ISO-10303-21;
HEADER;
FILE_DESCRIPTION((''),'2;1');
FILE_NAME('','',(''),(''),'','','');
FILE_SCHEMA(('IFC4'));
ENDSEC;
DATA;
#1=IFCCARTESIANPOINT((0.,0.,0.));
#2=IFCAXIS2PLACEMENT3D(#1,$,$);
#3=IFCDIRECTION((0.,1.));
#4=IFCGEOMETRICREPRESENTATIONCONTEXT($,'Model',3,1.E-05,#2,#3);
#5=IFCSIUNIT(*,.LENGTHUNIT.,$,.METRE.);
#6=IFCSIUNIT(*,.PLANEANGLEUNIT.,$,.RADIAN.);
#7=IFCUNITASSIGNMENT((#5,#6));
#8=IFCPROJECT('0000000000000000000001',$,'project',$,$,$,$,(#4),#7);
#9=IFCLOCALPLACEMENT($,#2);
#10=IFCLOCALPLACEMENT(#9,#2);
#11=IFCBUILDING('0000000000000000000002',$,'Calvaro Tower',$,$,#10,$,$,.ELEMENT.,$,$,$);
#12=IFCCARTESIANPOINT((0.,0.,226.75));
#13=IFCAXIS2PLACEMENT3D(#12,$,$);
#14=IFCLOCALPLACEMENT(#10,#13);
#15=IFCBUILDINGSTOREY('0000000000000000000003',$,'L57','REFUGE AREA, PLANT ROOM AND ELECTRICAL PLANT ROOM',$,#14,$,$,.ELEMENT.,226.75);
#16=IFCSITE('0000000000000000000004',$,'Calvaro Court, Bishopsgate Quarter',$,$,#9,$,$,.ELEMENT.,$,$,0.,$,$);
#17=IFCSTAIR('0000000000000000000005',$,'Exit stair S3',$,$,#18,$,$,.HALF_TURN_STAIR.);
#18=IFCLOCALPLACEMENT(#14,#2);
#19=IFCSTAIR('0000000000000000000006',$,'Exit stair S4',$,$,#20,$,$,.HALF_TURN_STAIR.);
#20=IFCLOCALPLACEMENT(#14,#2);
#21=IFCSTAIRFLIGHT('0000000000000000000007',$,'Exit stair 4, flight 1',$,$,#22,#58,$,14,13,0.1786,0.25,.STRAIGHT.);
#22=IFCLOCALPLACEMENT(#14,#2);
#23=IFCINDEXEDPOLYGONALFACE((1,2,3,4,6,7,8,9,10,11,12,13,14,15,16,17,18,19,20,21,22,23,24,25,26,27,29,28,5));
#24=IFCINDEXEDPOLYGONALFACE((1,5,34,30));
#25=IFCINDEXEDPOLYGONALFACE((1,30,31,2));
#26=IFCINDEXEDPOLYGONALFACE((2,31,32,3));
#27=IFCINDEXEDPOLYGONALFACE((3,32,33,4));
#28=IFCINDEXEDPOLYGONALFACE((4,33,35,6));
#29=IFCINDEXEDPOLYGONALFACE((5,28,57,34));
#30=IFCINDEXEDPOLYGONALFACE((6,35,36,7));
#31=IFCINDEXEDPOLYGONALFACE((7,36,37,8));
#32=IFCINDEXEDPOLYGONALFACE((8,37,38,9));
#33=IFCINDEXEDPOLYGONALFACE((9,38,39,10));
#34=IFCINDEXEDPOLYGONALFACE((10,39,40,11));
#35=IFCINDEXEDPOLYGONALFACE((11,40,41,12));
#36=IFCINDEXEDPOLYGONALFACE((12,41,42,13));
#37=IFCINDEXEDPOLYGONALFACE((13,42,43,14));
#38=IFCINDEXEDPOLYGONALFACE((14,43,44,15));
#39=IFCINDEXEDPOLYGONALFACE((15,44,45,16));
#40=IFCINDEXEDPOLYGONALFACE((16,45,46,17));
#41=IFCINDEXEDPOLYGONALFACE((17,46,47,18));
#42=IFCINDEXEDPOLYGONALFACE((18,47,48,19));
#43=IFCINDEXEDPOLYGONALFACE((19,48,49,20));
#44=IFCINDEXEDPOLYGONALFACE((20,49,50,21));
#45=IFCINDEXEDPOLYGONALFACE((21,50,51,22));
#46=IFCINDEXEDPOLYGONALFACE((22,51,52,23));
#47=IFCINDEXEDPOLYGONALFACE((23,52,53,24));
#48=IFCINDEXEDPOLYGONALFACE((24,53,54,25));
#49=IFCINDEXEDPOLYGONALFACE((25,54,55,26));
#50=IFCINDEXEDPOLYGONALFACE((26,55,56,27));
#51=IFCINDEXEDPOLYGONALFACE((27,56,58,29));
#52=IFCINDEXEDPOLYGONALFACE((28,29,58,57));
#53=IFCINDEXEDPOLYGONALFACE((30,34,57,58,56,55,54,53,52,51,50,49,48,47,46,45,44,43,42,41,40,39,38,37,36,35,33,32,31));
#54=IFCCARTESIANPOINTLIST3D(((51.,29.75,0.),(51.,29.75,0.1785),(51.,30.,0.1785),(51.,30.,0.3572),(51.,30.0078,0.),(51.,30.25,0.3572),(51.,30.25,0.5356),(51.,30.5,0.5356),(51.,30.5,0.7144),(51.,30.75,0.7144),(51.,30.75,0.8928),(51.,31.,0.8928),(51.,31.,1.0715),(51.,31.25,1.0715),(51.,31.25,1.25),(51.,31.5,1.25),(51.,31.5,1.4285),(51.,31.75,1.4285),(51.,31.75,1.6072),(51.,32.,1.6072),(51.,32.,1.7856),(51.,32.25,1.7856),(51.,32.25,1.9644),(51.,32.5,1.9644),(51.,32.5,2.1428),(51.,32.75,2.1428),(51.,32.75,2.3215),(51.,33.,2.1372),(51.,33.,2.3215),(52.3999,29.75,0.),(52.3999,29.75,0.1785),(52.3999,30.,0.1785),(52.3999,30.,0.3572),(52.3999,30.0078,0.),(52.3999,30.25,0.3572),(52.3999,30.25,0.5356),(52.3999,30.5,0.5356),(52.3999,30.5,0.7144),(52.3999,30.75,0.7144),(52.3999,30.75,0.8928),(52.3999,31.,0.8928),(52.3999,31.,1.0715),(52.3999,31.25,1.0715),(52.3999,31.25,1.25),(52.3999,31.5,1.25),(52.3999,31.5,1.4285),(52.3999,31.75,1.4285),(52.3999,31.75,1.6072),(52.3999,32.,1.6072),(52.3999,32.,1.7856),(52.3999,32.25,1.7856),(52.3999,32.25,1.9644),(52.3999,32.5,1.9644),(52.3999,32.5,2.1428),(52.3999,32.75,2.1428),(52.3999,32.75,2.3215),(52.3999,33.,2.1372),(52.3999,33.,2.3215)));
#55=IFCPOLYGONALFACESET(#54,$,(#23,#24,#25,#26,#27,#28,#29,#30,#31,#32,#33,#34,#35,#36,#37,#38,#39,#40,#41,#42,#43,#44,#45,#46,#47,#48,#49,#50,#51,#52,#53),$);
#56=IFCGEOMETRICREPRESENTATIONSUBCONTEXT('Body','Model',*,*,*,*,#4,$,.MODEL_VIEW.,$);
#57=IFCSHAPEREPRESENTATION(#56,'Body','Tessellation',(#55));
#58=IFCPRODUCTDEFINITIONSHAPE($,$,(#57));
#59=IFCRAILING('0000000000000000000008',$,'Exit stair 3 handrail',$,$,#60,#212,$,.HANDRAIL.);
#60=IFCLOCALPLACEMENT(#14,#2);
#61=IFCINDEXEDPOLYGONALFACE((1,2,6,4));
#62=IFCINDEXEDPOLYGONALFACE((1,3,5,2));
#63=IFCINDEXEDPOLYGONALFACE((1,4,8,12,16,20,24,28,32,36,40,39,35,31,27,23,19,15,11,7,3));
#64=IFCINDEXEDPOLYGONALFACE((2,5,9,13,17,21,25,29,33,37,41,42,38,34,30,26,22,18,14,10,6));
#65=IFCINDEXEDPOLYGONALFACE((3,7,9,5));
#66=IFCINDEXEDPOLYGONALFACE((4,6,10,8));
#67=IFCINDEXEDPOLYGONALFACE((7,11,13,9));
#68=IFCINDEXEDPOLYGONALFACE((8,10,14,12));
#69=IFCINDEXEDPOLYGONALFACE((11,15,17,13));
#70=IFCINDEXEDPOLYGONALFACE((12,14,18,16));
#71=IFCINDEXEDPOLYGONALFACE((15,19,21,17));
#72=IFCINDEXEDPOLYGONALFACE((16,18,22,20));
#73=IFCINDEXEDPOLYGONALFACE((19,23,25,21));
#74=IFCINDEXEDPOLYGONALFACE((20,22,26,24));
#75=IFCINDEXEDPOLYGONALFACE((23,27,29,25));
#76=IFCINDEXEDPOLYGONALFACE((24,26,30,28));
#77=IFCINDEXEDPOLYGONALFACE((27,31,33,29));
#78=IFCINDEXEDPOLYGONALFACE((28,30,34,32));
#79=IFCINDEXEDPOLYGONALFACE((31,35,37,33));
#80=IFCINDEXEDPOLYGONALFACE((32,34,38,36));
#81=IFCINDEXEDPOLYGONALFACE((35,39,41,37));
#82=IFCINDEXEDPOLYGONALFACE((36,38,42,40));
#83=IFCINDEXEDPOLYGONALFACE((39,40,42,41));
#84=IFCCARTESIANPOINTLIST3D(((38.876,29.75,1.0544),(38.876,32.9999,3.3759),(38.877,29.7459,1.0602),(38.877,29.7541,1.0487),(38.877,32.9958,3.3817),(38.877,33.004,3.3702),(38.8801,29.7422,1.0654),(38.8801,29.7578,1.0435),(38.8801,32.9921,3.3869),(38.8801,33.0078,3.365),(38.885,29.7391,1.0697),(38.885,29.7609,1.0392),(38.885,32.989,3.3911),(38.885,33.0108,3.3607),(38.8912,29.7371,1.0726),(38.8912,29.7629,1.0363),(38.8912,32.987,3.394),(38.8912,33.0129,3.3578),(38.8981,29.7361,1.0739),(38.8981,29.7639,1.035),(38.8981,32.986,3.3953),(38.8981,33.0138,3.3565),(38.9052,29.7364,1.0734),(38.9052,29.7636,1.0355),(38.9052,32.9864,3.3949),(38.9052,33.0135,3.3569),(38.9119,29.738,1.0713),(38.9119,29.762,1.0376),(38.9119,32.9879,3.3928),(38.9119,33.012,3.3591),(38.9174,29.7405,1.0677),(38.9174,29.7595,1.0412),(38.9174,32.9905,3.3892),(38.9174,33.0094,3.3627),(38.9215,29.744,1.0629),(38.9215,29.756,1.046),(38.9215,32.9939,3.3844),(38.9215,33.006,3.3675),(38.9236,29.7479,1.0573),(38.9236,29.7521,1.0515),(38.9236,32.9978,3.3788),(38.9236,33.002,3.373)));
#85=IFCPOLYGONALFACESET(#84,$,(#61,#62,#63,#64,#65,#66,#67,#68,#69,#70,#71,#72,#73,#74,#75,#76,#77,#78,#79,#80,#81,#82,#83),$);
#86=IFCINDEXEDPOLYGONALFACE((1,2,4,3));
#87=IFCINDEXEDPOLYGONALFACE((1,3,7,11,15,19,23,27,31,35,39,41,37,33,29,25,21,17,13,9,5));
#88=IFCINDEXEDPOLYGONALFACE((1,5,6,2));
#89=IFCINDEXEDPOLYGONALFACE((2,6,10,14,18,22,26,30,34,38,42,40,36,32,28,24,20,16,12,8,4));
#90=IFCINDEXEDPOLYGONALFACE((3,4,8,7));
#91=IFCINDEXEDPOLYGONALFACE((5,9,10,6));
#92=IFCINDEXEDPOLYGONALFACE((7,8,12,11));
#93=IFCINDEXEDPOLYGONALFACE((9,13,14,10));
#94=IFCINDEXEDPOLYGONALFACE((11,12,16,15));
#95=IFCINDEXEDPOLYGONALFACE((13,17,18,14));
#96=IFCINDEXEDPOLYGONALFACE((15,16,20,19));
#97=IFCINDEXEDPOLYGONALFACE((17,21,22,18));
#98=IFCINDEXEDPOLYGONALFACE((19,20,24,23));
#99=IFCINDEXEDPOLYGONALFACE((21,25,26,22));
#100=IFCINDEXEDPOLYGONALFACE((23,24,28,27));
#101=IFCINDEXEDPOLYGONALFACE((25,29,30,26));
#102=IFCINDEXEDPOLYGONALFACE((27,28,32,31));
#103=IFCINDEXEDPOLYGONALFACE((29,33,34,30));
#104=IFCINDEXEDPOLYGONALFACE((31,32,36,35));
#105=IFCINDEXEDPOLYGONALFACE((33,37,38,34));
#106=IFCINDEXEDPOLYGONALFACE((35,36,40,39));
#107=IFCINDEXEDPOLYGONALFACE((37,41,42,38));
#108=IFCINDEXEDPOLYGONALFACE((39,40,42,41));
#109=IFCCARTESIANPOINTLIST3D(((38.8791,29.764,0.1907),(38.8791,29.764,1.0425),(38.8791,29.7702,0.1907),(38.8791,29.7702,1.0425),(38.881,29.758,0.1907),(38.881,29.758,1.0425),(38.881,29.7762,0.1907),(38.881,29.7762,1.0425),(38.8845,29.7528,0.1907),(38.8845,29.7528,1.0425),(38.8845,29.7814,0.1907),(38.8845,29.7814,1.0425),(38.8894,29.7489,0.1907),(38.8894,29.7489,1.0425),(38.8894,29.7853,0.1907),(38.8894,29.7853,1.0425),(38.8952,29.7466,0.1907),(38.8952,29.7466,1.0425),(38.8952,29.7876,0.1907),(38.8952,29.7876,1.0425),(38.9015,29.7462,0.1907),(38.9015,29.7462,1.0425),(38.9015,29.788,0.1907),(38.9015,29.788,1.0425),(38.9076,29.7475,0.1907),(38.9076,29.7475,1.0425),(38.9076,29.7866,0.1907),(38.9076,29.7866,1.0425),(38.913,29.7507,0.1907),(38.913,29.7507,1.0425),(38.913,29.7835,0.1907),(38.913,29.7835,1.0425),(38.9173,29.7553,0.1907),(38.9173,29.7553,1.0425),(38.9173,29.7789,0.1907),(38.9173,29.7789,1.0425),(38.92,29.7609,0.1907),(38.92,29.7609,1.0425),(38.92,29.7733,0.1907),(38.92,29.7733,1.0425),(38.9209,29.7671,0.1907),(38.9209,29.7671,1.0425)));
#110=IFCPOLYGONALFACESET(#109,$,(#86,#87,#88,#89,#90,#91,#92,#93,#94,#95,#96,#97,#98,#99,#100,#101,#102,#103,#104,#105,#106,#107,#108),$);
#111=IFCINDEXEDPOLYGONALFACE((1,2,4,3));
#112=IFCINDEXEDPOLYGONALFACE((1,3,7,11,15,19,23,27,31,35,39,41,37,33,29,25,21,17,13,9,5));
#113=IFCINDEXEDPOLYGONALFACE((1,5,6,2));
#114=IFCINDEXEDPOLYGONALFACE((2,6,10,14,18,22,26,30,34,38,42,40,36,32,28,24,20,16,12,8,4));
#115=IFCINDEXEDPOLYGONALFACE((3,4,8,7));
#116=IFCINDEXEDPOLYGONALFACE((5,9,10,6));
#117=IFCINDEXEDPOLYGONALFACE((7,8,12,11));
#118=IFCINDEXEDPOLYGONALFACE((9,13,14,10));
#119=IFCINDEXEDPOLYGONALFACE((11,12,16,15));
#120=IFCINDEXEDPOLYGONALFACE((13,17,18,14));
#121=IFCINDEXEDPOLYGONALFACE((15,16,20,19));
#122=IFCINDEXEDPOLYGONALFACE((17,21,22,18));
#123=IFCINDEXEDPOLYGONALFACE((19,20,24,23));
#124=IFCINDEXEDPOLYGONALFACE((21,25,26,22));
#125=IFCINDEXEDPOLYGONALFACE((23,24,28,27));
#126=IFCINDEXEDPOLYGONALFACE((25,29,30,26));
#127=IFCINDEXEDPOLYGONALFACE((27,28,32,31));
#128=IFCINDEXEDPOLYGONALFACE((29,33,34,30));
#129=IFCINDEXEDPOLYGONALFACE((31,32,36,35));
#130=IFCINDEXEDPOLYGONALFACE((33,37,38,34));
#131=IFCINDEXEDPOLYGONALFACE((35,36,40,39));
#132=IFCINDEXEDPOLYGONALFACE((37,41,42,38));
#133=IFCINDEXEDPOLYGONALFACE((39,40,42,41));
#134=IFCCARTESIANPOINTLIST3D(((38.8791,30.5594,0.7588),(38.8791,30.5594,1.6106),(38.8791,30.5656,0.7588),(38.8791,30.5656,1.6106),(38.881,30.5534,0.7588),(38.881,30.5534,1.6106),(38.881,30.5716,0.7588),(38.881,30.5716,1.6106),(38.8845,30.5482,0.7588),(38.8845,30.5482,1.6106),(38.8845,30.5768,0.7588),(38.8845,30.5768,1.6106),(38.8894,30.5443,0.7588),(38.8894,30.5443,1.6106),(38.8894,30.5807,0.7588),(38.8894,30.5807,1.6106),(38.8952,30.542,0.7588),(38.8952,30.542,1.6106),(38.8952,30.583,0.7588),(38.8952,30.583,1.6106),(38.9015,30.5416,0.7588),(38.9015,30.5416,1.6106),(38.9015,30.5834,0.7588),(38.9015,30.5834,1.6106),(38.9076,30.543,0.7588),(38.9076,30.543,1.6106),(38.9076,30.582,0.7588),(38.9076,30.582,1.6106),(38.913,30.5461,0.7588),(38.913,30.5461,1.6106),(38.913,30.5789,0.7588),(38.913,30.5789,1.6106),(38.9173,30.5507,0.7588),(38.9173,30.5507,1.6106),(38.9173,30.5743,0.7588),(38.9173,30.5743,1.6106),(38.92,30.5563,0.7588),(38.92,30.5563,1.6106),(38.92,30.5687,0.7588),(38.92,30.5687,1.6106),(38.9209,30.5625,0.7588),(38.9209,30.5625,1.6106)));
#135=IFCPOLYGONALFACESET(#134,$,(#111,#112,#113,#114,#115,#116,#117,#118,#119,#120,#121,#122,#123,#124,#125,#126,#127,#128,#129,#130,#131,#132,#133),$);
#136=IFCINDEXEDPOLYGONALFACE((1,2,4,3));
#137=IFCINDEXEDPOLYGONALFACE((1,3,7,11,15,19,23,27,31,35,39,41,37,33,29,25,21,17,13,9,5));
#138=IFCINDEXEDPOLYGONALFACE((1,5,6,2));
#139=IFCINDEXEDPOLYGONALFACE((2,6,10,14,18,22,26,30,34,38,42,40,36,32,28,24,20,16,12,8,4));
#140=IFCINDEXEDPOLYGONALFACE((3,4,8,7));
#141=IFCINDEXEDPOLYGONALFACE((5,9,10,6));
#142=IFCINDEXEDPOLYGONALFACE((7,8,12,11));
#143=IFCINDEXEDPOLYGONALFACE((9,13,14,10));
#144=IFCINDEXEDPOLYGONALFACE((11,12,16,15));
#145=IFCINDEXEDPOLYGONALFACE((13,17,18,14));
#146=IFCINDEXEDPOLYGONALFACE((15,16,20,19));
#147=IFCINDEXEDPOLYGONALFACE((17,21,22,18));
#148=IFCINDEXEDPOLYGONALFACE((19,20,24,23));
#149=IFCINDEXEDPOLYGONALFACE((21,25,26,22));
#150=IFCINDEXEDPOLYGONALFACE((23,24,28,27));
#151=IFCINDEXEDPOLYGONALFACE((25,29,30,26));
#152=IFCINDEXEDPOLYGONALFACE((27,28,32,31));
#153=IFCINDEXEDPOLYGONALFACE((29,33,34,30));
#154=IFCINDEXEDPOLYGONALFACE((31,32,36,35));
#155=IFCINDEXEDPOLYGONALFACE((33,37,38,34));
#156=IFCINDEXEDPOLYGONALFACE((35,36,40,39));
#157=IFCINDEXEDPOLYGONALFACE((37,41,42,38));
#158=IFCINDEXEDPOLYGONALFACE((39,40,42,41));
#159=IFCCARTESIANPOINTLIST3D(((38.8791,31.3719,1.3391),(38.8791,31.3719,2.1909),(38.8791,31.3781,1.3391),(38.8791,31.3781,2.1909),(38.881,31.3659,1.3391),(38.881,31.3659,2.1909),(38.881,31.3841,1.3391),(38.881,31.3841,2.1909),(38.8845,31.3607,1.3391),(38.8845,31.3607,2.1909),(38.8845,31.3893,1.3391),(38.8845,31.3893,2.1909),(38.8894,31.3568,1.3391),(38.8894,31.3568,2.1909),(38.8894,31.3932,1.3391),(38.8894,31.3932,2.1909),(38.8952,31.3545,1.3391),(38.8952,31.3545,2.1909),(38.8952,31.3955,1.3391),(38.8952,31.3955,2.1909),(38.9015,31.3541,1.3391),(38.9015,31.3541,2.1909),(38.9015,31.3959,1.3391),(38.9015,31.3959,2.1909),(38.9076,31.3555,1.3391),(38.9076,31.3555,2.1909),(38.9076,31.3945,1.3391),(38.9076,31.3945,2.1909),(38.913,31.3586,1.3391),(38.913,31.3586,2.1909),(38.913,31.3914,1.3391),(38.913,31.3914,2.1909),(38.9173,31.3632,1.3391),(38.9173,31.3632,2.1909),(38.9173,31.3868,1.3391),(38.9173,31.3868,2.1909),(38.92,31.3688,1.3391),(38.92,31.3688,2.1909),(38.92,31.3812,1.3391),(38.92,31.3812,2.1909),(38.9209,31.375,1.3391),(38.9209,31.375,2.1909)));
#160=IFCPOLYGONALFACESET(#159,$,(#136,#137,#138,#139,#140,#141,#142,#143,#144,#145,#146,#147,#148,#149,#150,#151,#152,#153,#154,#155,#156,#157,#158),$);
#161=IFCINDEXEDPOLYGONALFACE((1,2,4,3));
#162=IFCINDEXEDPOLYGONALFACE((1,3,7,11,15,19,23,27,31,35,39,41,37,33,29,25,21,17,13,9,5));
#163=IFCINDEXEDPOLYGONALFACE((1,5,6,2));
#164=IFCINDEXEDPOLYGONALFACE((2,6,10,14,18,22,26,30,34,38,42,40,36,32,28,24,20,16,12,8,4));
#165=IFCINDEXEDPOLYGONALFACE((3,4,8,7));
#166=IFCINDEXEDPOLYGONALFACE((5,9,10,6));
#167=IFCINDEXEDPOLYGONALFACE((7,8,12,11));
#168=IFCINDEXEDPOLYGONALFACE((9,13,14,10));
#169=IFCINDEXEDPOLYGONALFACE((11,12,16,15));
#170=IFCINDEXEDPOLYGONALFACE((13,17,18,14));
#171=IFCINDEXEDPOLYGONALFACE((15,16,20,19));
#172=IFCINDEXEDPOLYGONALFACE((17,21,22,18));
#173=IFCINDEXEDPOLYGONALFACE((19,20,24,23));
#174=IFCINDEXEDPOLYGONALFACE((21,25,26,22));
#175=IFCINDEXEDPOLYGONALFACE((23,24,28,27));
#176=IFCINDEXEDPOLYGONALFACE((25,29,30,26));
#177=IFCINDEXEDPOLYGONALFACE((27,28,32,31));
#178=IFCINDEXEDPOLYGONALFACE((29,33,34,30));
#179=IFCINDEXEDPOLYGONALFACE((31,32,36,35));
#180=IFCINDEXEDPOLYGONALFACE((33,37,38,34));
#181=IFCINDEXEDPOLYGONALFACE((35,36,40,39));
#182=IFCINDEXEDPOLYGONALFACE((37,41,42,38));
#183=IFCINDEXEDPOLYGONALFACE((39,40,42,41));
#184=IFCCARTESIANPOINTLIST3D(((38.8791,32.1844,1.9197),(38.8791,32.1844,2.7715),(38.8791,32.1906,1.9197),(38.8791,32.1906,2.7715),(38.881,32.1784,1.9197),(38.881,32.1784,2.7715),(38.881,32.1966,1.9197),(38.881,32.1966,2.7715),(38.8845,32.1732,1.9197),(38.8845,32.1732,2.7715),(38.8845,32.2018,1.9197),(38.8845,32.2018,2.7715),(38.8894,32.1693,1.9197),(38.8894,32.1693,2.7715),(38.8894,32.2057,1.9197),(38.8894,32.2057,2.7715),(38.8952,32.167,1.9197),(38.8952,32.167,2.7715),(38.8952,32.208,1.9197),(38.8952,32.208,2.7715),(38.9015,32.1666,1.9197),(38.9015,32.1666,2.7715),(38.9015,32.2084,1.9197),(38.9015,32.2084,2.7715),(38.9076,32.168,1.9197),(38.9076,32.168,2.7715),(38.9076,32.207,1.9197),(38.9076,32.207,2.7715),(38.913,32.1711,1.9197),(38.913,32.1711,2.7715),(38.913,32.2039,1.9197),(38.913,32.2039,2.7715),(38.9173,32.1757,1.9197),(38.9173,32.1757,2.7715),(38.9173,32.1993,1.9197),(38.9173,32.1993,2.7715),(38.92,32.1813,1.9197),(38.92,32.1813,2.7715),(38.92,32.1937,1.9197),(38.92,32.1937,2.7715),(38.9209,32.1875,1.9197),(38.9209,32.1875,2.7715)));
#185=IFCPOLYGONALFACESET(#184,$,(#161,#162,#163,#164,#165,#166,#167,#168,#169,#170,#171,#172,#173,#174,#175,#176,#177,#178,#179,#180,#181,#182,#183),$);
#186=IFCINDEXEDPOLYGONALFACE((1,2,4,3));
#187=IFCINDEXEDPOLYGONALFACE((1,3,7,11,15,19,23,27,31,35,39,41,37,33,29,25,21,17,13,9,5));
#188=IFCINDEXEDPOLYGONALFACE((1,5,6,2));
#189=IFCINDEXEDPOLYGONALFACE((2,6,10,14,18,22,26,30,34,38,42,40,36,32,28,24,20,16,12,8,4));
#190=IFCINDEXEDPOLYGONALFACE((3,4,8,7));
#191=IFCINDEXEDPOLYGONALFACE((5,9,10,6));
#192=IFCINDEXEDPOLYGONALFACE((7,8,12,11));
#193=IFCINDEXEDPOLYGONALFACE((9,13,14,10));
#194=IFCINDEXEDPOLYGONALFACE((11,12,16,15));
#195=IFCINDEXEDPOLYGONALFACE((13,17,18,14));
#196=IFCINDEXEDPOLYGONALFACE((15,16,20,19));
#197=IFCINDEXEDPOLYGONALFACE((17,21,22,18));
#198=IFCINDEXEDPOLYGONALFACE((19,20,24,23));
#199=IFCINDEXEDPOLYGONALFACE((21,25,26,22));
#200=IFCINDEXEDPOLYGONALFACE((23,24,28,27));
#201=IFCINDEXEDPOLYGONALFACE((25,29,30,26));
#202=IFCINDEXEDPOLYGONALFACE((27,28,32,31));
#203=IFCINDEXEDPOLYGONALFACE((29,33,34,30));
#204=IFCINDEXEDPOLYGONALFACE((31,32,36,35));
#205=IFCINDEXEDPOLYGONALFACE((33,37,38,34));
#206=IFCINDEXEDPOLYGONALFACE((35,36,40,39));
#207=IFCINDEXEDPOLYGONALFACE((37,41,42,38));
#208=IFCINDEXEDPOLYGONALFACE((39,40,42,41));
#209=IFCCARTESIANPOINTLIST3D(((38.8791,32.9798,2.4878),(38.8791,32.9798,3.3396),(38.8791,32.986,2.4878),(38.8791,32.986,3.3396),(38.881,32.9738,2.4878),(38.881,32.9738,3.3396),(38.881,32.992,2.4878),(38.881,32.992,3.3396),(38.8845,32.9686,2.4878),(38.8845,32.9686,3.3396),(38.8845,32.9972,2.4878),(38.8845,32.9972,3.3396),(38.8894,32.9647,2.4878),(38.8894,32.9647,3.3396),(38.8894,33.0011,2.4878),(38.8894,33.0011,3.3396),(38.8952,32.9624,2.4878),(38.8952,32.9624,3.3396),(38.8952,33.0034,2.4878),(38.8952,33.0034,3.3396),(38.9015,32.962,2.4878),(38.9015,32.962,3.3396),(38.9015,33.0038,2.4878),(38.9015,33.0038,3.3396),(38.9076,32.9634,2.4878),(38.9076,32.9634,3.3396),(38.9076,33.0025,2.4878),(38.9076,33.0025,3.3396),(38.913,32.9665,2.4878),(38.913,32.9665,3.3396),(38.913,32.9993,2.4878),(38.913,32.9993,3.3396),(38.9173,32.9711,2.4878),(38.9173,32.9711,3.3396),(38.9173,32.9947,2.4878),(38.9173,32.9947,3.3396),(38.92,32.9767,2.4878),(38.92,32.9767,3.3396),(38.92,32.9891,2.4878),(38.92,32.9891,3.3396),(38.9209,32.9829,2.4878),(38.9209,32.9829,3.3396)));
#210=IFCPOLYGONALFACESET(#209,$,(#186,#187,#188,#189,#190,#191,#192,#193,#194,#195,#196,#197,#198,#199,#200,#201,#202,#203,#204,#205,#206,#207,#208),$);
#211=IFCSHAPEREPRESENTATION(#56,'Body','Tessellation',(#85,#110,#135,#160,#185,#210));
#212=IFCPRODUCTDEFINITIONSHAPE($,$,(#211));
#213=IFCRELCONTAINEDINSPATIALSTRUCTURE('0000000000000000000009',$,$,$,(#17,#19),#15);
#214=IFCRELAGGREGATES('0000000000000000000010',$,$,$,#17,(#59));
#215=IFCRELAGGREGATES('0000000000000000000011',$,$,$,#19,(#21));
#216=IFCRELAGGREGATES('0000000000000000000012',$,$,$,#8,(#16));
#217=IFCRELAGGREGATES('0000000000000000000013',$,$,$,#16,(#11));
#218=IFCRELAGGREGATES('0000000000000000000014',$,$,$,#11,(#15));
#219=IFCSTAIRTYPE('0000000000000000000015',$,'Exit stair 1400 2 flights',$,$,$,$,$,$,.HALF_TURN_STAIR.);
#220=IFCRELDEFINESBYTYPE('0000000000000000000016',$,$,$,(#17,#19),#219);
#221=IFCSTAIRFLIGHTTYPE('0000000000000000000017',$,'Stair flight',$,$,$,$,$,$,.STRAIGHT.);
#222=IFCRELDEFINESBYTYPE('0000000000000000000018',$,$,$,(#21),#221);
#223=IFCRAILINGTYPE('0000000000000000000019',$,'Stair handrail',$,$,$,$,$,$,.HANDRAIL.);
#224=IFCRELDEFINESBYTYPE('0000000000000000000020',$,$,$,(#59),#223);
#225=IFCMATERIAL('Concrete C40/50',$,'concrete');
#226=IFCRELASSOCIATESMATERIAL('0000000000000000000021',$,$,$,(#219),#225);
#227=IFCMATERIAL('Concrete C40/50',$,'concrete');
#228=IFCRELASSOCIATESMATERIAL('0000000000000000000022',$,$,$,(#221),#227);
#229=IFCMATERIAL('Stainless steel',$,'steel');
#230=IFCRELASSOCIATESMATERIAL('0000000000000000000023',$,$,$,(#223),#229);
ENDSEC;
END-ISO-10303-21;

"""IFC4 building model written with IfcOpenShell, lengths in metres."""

from ifc_helpers import new_model, si_unit, direction, frame, origin, origin_2d, place, context, subcontext, project, spatial, polyline, circle, outline, extrude, material, type_object, element, aggregate, save


model = new_model("IFC4")

# Units and contexts
model_context = context("Model", 3, precision=1e-05, world=origin(), true_north=direction((0.0, 1.0)))
body_context = subcontext(model_context, "Body", "Model", "MODEL_VIEW")
ifc_project = project(units=[si_unit("LENGTHUNIT", "METRE"), si_unit("PLANEANGLEUNIT", "RADIAN")], contexts=[model_context])

# Site, building, storey
site_placement = place(None, origin())
site = spatial("IfcSite", under=ifc_project, at=site_placement, Name="Calvaro Court, Bishopsgate Quarter", CompositionType="ELEMENT", RefElevation=0.0)
building_placement = place(site_placement, origin())
building = spatial("IfcBuilding", under=site, at=building_placement, Name="Calvaro Tower", CompositionType="ELEMENT")
storey_placement = place(building_placement, frame((0.0, 0.0, 226.75)))
storey = spatial("IfcBuildingStorey", under=building, at=storey_placement, Name="L57", Description="REFUGE AREA, PLANT ROOM AND ELECTRICAL PLANT ROOM", CompositionType="ELEMENT", Elevation=226.75)

# Stairs, stair flight
ifc_material_1 = material(Name="Concrete C40/50", Category="concrete")
stair_type = type_object("IfcStairType", Name="Exit stair 1400 2 flights", PredefinedType="HALF_TURN_STAIR", material=ifc_material_1)
stair_1_placement = place(storey_placement, origin())
stair_1 = element("IfcStair", 1, at=stair_1_placement, inside=storey, type_object=stair_type, Name="Exit stair S3", PredefinedType="HALF_TURN_STAIR")
ifc_material_2 = material(Name="Concrete C40/50", Category="concrete")
stair_flight_type = type_object("IfcStairFlightType", Name="Stair flight", PredefinedType="STRAIGHT", material=ifc_material_2)
stair_2_placement = place(storey_placement, origin())
stair_2 = element("IfcStair", 2, at=stair_2_placement, inside=storey, type_object=stair_type, Name="Exit stair S4", PredefinedType="HALF_TURN_STAIR")
stair_flight_1_placement = place(storey_placement, frame((51.7, 29.75, 0.0), z_axis=(0.0, 0.0, 1.0), x_axis=(0.0, 1.0, 0.0)))
stair_flight_1 = element("IfcStairFlight", 3, at=stair_flight_1_placement, type_object=stair_flight_type, Name="Exit stair 4, flight 1", NumberOfRisers=14, NumberOfTreads=13, PredefinedType="STRAIGHT", RiserHeight=0.1786, TreadLength=0.25, context=body_context, shape_type="SweptSolid", body=[
    extrude(outline(polyline([(0.0, 0.0), (0.0, 0.1785), (0.25, 0.1785), (0.25, 0.3572), (0.5, 0.3572), (0.5, 0.5356), (0.75, 0.5356), (0.75, 0.7144), (1.0, 0.7144), (1.0, 0.8928), (1.25, 0.8928), (1.25, 1.0715), (1.5, 1.0715), (1.5, 1.25), (1.75, 1.25), (1.75, 1.4285), (2.0, 1.4285), (2.0, 1.6072), (2.25, 1.6072), (2.25, 1.7856), (2.5, 1.7856), (2.5, 1.9644), (2.75, 1.9644), (2.75, 2.1428), (3.0, 2.1428), (3.0, 2.3215), (3.25, 2.3215), (3.25, 2.5), (3.25, 2.1372), (0.2578, 0.0), (0.0, 0.0)])), frame((0.0, 0.7, 0.0), z_axis=(0.0, -1.0, 0.0), x_axis=(1.0, 0.0, 0.0)), (0.0, 0.0, 1.0), 1.3999),
])

# Railing
ifc_material_3 = material(Name="Stainless steel", Category="steel")
railing_type = type_object("IfcRailingType", Name="Stair handrail", PredefinedType="HANDRAIL", material=ifc_material_3)
railing_1_placement = place(storey_placement, frame((38.8999, 29.75, 0.1785)))
railing_1 = element("IfcRailing", 4, at=railing_1_placement, type_object=railing_type, Name="Exit stair 3 handrail", PredefinedType="HANDRAIL", context=body_context, shape_type="SweptSolid", body=[
    extrude(circle(Radius=0.0239, at=origin_2d()), frame((0.0, 0.0, 0.876), z_axis=(0.0, 0.813721, 0.581256), x_axis=(-1.0, 0.0, 0.0)), (0.0, 0.0, 1.0), 3.9939),
    extrude(circle(Radius=0.021, at=origin_2d()), frame((0.0, 0.0171, 0.0122)), (0.0, 0.0, 1.0), 0.8518),
    extrude(circle(Radius=0.021, at=origin_2d()), frame((0.0, 0.8125, 0.5803)), (0.0, 0.0, 1.0), 0.8518),
    extrude(circle(Radius=0.021, at=origin_2d()), frame((0.0, 1.625, 1.1606)), (0.0, 0.0, 1.0), 0.8518),
    extrude(circle(Radius=0.021, at=origin_2d()), frame((0.0, 2.4375, 1.7412)), (0.0, 0.0, 1.0), 0.8518),
    extrude(circle(Radius=0.021, at=origin_2d()), frame((0.0, 3.2329, 2.3093)), (0.0, 0.0, 1.0), 0.8518),
])
aggregate(stair_1, [railing_1])
aggregate(stair_2, [stair_flight_1])

save(model, "model.ifc")
